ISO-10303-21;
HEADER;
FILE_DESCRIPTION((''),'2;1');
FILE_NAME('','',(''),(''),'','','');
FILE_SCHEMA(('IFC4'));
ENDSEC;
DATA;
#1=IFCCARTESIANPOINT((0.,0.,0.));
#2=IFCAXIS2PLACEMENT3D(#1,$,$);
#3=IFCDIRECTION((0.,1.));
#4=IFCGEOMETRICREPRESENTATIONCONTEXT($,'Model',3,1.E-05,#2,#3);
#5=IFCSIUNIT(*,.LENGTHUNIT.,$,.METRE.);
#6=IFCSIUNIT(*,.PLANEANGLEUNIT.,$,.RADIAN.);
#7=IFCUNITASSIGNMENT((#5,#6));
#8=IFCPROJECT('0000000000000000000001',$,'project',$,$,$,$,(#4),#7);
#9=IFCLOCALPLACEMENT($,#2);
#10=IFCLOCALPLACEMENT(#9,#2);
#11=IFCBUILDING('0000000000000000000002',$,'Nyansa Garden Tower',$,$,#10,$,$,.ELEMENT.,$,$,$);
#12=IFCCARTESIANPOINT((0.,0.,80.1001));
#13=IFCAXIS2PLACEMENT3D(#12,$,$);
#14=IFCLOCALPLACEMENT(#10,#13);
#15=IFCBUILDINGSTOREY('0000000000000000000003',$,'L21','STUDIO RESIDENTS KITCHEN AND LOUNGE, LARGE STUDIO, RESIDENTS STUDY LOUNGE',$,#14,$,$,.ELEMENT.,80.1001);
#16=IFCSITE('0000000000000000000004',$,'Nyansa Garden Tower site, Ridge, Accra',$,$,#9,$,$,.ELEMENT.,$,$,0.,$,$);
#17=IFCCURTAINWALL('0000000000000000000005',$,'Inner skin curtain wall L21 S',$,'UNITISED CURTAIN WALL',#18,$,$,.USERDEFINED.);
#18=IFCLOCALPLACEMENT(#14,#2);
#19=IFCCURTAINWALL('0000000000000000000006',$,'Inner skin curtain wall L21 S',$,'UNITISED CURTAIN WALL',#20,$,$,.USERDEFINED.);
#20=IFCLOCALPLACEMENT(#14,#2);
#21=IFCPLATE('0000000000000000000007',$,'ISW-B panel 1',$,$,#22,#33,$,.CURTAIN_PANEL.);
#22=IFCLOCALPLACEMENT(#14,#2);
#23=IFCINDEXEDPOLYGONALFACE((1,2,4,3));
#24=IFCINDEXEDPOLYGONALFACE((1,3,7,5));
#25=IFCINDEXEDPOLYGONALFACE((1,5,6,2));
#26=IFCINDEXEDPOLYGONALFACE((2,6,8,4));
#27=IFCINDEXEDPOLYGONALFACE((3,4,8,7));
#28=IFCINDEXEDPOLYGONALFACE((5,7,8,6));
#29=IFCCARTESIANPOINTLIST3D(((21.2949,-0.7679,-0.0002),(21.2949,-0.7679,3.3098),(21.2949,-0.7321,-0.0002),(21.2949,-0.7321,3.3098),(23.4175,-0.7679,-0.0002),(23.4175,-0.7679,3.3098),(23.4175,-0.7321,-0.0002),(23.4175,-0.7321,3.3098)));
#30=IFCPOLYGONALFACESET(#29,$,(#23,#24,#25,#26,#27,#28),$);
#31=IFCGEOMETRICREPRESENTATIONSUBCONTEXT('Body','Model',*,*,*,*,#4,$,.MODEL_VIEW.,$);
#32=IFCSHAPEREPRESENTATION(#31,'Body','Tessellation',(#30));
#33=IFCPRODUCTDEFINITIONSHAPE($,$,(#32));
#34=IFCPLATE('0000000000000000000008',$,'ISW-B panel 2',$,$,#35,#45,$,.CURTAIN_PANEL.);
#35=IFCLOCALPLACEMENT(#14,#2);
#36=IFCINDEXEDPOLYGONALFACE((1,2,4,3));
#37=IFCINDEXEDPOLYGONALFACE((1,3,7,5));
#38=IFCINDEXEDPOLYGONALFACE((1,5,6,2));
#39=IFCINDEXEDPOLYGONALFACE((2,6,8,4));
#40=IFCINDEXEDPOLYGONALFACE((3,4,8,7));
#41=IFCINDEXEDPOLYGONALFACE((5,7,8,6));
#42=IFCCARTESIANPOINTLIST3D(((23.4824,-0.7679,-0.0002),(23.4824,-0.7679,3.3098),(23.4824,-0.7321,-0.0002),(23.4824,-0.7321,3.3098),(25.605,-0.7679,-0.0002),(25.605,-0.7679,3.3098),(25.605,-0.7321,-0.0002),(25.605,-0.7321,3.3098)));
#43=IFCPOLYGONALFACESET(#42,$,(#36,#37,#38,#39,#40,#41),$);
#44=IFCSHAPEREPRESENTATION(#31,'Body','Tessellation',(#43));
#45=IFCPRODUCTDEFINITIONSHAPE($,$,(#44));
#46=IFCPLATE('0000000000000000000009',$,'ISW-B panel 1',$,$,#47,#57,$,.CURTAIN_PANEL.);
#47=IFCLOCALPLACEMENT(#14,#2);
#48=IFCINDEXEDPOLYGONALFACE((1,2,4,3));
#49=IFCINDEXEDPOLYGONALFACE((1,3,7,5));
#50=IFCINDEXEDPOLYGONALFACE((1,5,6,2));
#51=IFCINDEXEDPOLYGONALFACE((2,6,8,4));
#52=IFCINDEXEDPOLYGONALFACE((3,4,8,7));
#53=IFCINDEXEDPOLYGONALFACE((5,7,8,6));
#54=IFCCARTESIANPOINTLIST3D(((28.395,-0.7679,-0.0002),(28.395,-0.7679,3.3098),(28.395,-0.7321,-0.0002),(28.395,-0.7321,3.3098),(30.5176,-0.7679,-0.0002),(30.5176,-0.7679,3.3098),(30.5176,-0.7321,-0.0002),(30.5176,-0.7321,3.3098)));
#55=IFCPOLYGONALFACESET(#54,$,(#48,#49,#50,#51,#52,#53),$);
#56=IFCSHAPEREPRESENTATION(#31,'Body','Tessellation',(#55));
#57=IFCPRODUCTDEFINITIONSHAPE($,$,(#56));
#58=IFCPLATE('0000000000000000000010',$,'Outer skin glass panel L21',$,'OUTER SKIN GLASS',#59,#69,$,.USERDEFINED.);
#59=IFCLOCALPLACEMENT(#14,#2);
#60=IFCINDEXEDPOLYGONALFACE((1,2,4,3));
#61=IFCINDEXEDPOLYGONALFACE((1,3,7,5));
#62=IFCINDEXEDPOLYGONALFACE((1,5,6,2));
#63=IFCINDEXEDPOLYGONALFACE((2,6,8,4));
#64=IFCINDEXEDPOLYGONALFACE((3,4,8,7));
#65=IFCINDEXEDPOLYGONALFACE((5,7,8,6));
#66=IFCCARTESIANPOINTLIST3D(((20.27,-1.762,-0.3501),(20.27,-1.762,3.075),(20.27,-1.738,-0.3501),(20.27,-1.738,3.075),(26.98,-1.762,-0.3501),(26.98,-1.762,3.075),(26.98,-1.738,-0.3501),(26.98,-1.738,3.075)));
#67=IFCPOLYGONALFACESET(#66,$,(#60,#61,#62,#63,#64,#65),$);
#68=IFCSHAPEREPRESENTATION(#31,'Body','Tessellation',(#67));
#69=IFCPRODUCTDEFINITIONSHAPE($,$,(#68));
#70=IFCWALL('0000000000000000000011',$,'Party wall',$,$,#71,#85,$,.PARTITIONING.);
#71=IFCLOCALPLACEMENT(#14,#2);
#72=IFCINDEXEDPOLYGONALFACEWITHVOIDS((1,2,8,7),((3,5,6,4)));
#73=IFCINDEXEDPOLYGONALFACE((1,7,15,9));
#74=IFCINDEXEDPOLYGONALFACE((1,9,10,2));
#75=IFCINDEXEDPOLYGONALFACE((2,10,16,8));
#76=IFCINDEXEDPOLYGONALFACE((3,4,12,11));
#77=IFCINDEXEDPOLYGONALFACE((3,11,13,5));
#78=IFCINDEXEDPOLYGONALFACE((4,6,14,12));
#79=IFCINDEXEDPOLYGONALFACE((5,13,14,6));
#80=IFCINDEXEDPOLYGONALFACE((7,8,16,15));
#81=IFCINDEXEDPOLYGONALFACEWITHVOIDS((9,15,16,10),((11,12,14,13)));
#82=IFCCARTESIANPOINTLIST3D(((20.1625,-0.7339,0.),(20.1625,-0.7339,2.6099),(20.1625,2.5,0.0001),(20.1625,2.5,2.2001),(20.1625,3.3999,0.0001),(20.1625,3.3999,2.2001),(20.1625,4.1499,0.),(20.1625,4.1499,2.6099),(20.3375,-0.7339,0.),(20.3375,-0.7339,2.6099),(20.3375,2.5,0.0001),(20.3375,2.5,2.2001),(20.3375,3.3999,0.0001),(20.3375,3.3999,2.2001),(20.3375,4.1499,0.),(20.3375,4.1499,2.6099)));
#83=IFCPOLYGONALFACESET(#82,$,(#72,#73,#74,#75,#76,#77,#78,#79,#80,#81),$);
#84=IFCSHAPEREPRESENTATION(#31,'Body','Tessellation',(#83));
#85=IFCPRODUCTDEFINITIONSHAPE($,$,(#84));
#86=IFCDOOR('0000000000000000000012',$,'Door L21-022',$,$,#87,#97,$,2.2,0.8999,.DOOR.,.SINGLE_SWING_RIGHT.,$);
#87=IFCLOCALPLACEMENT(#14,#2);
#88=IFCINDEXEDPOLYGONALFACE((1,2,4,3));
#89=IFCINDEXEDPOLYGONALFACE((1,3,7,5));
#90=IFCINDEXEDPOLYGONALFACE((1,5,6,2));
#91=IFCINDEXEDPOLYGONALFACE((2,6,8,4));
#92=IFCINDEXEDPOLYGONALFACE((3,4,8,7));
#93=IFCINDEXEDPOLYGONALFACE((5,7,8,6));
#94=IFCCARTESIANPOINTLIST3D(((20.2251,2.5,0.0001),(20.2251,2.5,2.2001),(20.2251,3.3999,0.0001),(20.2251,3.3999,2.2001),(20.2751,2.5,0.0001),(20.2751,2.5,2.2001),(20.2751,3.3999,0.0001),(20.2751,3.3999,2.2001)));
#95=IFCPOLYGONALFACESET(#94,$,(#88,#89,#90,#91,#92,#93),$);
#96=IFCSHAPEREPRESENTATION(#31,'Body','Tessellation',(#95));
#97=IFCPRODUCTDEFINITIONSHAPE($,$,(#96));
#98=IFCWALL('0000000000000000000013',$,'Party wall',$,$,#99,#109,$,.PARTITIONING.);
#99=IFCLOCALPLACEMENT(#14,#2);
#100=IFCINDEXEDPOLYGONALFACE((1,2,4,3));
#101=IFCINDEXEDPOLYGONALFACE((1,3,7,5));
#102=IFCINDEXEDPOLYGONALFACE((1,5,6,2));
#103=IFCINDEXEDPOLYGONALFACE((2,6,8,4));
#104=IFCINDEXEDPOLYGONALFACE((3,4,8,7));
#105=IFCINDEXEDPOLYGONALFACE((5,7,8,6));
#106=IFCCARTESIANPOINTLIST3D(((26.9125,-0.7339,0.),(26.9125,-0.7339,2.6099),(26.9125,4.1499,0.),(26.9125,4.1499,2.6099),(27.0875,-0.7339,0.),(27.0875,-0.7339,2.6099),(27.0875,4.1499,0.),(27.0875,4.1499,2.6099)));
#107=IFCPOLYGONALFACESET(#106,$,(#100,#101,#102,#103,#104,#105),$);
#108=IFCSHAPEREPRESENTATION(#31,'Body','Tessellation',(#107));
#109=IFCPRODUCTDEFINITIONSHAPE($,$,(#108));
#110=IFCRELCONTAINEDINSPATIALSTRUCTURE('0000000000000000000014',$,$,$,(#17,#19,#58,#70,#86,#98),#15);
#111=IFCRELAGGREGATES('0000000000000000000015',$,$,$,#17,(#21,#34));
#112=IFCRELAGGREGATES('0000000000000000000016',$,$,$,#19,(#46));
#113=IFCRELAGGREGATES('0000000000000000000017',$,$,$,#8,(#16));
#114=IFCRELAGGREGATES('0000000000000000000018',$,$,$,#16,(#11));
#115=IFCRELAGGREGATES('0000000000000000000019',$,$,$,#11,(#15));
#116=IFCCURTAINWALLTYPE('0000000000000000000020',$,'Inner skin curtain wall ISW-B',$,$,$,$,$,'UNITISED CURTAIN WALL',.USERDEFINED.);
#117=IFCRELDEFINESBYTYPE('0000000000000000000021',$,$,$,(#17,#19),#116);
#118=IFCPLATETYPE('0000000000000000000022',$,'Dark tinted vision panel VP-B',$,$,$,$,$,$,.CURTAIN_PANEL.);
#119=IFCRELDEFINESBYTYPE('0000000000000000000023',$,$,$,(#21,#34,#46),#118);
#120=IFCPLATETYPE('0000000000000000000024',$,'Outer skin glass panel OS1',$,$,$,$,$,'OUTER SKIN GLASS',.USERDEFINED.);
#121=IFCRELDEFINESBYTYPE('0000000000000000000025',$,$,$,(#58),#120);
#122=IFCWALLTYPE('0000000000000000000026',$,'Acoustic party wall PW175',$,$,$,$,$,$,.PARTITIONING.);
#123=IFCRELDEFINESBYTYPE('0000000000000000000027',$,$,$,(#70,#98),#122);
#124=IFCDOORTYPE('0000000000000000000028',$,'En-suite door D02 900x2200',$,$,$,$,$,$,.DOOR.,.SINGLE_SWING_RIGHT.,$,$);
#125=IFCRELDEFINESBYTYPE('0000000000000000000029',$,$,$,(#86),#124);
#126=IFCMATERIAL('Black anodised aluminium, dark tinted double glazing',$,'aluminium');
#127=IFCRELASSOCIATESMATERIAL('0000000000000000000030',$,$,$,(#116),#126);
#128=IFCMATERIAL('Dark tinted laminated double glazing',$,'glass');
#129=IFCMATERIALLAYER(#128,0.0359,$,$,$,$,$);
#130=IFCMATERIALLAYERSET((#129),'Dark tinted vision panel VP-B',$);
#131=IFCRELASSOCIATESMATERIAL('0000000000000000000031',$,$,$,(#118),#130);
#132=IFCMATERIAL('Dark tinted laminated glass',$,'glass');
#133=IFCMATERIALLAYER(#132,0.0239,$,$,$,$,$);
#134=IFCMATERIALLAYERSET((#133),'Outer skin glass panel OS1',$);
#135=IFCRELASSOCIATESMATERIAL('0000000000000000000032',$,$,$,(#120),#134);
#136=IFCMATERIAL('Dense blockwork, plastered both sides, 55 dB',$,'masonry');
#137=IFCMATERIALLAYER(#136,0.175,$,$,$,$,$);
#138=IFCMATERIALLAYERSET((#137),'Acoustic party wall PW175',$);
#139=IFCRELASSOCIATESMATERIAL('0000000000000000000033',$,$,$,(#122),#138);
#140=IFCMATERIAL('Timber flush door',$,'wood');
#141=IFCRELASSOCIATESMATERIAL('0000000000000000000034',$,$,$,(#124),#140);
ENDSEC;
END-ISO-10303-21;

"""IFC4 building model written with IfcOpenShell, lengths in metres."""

from ifc_helpers import new_model, si_unit, direction, frame, frame_2d, origin, origin_2d, place, context, subcontext, project, spatial, rectangle, extrude, material, layer, layer_set, type_object, element, fill, aggregate, save


model = new_model("IFC4")

# Units and contexts
model_context = context("Model", 3, precision=1e-05, world=origin(), true_north=direction((0.0, 1.0)))
body_context = subcontext(model_context, "Body", "Model", "MODEL_VIEW")
ifc_project = project(units=[si_unit("LENGTHUNIT", "METRE"), si_unit("PLANEANGLEUNIT", "RADIAN")], contexts=[model_context])

# Site, building, storey
site_placement = place(None, origin())
site = spatial("IfcSite", under=ifc_project, at=site_placement, Name="Nyansa Garden Tower site, Ridge, Accra", CompositionType="ELEMENT", RefElevation=0.0)
building_placement = place(site_placement, origin())
building = spatial("IfcBuilding", under=site, at=building_placement, Name="Nyansa Garden Tower", CompositionType="ELEMENT")
storey_placement = place(building_placement, frame((0.0, 0.0, 80.1001)))
storey = spatial("IfcBuildingStorey", under=building, at=storey_placement, Name="L21", Description="STUDIO RESIDENTS KITCHEN AND LOUNGE, LARGE STUDIO, RESIDENTS STUDY LOUNGE", CompositionType="ELEMENT", Elevation=80.1001)

# Curtain wall
ifc_material_1 = material(Name="Black anodised aluminium, dark tinted double glazing", Category="aluminium")
curtain_wall_type = type_object("IfcCurtainWallType", Name="Inner skin curtain wall ISW-B", ElementType="UNITISED CURTAIN WALL", PredefinedType="USERDEFINED", material=ifc_material_1)
curtain_wall_1_placement = place(storey_placement, origin())
curtain_wall_1 = element("IfcCurtainWall", 1, at=curtain_wall_1_placement, inside=storey, type_object=curtain_wall_type, Name="Inner skin curtain wall L21 S", ObjectType="UNITISED CURTAIN WALL", PredefinedType="USERDEFINED")

# Curtain wall
curtain_wall_2_placement = place(storey_placement, origin())
curtain_wall_2 = element("IfcCurtainWall", 2, at=curtain_wall_2_placement, inside=storey, type_object=curtain_wall_type, Name="Inner skin curtain wall L21 S", ObjectType="UNITISED CURTAIN WALL", PredefinedType="USERDEFINED")

# Plates
ifc_material_2 = material(Name="Dark tinted laminated double glazing", Category="glass")
ifc_layer_1 = layer(ifc_material_2, 0.0359)
ifc_layer_set_1 = layer_set([ifc_layer_1], Name="Dark tinted vision panel VP-B")
plate_type_1 = type_object("IfcPlateType", Name="Dark tinted vision panel VP-B", PredefinedType="CURTAIN_PANEL", material=ifc_layer_set_1)
plate_1_placement = place(storey_placement, frame((22.3562, -0.75, -0.0002), z_axis=(0.0, 0.0, 1.0), x_axis=(1.0, 0.0, 0.0)))
plate_1 = element("IfcPlate", 3, at=plate_1_placement, type_object=plate_type_1, Name="ISW-B panel 1", PredefinedType="CURTAIN_PANEL", context=body_context, shape_type="SweptSolid", body=[
    extrude(rectangle(XDim=2.1226, YDim=0.0359, at=origin_2d()), origin(), (0.0, 0.0, 1.0), 3.3101),
])
plate_2_placement = place(storey_placement, frame((24.5437, -0.75, -0.0002), z_axis=(0.0, 0.0, 1.0), x_axis=(1.0, 0.0, 0.0)))
plate_2 = element("IfcPlate", 4, at=plate_2_placement, type_object=plate_type_1, Name="ISW-B panel 2", PredefinedType="CURTAIN_PANEL", context=body_context, shape_type="SweptSolid", body=[
    extrude(rectangle(XDim=2.1226, YDim=0.0359, at=origin_2d()), origin(), (0.0, 0.0, 1.0), 3.3101),
])
aggregate(curtain_wall_1, [plate_1, plate_2])
plate_3_placement = place(storey_placement, frame((29.4563, -0.75, -0.0002), z_axis=(0.0, 0.0, 1.0), x_axis=(1.0, 0.0, 0.0)))
plate_3 = element("IfcPlate", 5, at=plate_3_placement, type_object=plate_type_1, Name="ISW-B panel 1", PredefinedType="CURTAIN_PANEL", context=body_context, shape_type="SweptSolid", body=[
    extrude(rectangle(XDim=2.1226, YDim=0.0359, at=origin_2d()), origin(), (0.0, 0.0, 1.0), 3.3101),
])
aggregate(curtain_wall_2, [plate_3])
ifc_material_3 = material(Name="Dark tinted laminated glass", Category="glass")
ifc_layer_2 = layer(ifc_material_3, 0.0239)
ifc_layer_set_2 = layer_set([ifc_layer_2], Name="Outer skin glass panel OS1")
plate_type_2 = type_object("IfcPlateType", Name="Outer skin glass panel OS1", ElementType="OUTER SKIN GLASS", PredefinedType="USERDEFINED", material=ifc_layer_set_2)
plate_4_placement = place(storey_placement, frame((23.625, -1.75, -0.3501), z_axis=(0.0, 0.0, 1.0), x_axis=(1.0, 0.0, 0.0)))
element("IfcPlate", 6, at=plate_4_placement, inside=storey, type_object=plate_type_2, Name="Outer skin glass panel L21", ObjectType="OUTER SKIN GLASS", PredefinedType="USERDEFINED", context=body_context, shape_type="SweptSolid", body=[
    extrude(rectangle(XDim=6.71, YDim=0.0239, at=origin_2d()), origin(), (0.0, 0.0, 1.0), 3.425),
])

# Wall, opening, door
ifc_material_4 = material(Name="Dense blockwork, plastered both sides, 55 dB", Category="masonry")
ifc_layer_3 = layer(ifc_material_4, 0.175)
ifc_layer_set_3 = layer_set([ifc_layer_3], Name="Acoustic party wall PW175")
wall_type = type_object("IfcWallType", Name="Acoustic party wall PW175", PredefinedType="PARTITIONING", material=ifc_layer_set_3)
wall_1_placement = place(storey_placement, frame((20.25, -0.7339, 0.0), z_axis=(0.0, 0.0, 1.0), x_axis=(0.0, 1.0, 0.0)))
wall_1 = element("IfcWall", 7, at=wall_1_placement, inside=storey, type_object=wall_type, Name="Party wall", PredefinedType="PARTITIONING", context=body_context, shape_type="SweptSolid", body=[
    extrude(rectangle(XDim=4.8838, YDim=0.175, at=frame_2d((2.4419, 0.0))), origin(), (0.0, 0.0, 1.0), 2.6099),
])
opening_placement = place(wall_1_placement, frame((3.2339, 0.0, 0.0)))
opening = element("IfcOpeningElement", 8, at=opening_placement, cuts=wall_1, PredefinedType="OPENING", context=body_context, shape_type="SweptSolid", body=[
    extrude(rectangle(XDim=0.8999, YDim=2.2, at=frame_2d((0.45, 1.1001))), frame((0.0, 0.0974, 0.0), z_axis=(0.0, -1.0, 0.0), x_axis=(1.0, 0.0, 0.0)), (0.0, 0.0, 1.0), 0.1951),
])
ifc_material_5 = material(Name="Timber flush door", Category="wood")
door_type = type_object("IfcDoorType", Name="En-suite door D02 900x2200", OperationType="SINGLE_SWING_RIGHT", PredefinedType="DOOR", material=ifc_material_5)
door_placement = place(opening_placement, origin())
door = element("IfcDoor", 9, at=door_placement, inside=storey, type_object=door_type, Name="Door L21-022", OperationType="SINGLE_SWING_RIGHT", OverallHeight=2.2, OverallWidth=0.8999, PredefinedType="DOOR", context=body_context, shape_type="SweptSolid", body=[
    extrude(rectangle(XDim=0.8999, YDim=2.2, at=frame_2d((0.45, 1.1001))), frame((0.0, 0.0249, 0.0), z_axis=(0.0, -1.0, 0.0), x_axis=(1.0, 0.0, 0.0)), (0.0, 0.0, 1.0), 0.05),
])
fill(opening, door)

# Wall
wall_2_placement = place(storey_placement, frame((27.0, -0.7339, 0.0), z_axis=(0.0, 0.0, 1.0), x_axis=(0.0, 1.0, 0.0)))
element("IfcWall", 10, at=wall_2_placement, inside=storey, type_object=wall_type, Name="Party wall", PredefinedType="PARTITIONING", context=body_context, shape_type="SweptSolid", body=[
    extrude(rectangle(XDim=4.8838, YDim=0.175, at=frame_2d((2.4419, 0.0))), origin(), (0.0, 0.0, 1.0), 2.6099),
])

save(model, "model.ifc")
